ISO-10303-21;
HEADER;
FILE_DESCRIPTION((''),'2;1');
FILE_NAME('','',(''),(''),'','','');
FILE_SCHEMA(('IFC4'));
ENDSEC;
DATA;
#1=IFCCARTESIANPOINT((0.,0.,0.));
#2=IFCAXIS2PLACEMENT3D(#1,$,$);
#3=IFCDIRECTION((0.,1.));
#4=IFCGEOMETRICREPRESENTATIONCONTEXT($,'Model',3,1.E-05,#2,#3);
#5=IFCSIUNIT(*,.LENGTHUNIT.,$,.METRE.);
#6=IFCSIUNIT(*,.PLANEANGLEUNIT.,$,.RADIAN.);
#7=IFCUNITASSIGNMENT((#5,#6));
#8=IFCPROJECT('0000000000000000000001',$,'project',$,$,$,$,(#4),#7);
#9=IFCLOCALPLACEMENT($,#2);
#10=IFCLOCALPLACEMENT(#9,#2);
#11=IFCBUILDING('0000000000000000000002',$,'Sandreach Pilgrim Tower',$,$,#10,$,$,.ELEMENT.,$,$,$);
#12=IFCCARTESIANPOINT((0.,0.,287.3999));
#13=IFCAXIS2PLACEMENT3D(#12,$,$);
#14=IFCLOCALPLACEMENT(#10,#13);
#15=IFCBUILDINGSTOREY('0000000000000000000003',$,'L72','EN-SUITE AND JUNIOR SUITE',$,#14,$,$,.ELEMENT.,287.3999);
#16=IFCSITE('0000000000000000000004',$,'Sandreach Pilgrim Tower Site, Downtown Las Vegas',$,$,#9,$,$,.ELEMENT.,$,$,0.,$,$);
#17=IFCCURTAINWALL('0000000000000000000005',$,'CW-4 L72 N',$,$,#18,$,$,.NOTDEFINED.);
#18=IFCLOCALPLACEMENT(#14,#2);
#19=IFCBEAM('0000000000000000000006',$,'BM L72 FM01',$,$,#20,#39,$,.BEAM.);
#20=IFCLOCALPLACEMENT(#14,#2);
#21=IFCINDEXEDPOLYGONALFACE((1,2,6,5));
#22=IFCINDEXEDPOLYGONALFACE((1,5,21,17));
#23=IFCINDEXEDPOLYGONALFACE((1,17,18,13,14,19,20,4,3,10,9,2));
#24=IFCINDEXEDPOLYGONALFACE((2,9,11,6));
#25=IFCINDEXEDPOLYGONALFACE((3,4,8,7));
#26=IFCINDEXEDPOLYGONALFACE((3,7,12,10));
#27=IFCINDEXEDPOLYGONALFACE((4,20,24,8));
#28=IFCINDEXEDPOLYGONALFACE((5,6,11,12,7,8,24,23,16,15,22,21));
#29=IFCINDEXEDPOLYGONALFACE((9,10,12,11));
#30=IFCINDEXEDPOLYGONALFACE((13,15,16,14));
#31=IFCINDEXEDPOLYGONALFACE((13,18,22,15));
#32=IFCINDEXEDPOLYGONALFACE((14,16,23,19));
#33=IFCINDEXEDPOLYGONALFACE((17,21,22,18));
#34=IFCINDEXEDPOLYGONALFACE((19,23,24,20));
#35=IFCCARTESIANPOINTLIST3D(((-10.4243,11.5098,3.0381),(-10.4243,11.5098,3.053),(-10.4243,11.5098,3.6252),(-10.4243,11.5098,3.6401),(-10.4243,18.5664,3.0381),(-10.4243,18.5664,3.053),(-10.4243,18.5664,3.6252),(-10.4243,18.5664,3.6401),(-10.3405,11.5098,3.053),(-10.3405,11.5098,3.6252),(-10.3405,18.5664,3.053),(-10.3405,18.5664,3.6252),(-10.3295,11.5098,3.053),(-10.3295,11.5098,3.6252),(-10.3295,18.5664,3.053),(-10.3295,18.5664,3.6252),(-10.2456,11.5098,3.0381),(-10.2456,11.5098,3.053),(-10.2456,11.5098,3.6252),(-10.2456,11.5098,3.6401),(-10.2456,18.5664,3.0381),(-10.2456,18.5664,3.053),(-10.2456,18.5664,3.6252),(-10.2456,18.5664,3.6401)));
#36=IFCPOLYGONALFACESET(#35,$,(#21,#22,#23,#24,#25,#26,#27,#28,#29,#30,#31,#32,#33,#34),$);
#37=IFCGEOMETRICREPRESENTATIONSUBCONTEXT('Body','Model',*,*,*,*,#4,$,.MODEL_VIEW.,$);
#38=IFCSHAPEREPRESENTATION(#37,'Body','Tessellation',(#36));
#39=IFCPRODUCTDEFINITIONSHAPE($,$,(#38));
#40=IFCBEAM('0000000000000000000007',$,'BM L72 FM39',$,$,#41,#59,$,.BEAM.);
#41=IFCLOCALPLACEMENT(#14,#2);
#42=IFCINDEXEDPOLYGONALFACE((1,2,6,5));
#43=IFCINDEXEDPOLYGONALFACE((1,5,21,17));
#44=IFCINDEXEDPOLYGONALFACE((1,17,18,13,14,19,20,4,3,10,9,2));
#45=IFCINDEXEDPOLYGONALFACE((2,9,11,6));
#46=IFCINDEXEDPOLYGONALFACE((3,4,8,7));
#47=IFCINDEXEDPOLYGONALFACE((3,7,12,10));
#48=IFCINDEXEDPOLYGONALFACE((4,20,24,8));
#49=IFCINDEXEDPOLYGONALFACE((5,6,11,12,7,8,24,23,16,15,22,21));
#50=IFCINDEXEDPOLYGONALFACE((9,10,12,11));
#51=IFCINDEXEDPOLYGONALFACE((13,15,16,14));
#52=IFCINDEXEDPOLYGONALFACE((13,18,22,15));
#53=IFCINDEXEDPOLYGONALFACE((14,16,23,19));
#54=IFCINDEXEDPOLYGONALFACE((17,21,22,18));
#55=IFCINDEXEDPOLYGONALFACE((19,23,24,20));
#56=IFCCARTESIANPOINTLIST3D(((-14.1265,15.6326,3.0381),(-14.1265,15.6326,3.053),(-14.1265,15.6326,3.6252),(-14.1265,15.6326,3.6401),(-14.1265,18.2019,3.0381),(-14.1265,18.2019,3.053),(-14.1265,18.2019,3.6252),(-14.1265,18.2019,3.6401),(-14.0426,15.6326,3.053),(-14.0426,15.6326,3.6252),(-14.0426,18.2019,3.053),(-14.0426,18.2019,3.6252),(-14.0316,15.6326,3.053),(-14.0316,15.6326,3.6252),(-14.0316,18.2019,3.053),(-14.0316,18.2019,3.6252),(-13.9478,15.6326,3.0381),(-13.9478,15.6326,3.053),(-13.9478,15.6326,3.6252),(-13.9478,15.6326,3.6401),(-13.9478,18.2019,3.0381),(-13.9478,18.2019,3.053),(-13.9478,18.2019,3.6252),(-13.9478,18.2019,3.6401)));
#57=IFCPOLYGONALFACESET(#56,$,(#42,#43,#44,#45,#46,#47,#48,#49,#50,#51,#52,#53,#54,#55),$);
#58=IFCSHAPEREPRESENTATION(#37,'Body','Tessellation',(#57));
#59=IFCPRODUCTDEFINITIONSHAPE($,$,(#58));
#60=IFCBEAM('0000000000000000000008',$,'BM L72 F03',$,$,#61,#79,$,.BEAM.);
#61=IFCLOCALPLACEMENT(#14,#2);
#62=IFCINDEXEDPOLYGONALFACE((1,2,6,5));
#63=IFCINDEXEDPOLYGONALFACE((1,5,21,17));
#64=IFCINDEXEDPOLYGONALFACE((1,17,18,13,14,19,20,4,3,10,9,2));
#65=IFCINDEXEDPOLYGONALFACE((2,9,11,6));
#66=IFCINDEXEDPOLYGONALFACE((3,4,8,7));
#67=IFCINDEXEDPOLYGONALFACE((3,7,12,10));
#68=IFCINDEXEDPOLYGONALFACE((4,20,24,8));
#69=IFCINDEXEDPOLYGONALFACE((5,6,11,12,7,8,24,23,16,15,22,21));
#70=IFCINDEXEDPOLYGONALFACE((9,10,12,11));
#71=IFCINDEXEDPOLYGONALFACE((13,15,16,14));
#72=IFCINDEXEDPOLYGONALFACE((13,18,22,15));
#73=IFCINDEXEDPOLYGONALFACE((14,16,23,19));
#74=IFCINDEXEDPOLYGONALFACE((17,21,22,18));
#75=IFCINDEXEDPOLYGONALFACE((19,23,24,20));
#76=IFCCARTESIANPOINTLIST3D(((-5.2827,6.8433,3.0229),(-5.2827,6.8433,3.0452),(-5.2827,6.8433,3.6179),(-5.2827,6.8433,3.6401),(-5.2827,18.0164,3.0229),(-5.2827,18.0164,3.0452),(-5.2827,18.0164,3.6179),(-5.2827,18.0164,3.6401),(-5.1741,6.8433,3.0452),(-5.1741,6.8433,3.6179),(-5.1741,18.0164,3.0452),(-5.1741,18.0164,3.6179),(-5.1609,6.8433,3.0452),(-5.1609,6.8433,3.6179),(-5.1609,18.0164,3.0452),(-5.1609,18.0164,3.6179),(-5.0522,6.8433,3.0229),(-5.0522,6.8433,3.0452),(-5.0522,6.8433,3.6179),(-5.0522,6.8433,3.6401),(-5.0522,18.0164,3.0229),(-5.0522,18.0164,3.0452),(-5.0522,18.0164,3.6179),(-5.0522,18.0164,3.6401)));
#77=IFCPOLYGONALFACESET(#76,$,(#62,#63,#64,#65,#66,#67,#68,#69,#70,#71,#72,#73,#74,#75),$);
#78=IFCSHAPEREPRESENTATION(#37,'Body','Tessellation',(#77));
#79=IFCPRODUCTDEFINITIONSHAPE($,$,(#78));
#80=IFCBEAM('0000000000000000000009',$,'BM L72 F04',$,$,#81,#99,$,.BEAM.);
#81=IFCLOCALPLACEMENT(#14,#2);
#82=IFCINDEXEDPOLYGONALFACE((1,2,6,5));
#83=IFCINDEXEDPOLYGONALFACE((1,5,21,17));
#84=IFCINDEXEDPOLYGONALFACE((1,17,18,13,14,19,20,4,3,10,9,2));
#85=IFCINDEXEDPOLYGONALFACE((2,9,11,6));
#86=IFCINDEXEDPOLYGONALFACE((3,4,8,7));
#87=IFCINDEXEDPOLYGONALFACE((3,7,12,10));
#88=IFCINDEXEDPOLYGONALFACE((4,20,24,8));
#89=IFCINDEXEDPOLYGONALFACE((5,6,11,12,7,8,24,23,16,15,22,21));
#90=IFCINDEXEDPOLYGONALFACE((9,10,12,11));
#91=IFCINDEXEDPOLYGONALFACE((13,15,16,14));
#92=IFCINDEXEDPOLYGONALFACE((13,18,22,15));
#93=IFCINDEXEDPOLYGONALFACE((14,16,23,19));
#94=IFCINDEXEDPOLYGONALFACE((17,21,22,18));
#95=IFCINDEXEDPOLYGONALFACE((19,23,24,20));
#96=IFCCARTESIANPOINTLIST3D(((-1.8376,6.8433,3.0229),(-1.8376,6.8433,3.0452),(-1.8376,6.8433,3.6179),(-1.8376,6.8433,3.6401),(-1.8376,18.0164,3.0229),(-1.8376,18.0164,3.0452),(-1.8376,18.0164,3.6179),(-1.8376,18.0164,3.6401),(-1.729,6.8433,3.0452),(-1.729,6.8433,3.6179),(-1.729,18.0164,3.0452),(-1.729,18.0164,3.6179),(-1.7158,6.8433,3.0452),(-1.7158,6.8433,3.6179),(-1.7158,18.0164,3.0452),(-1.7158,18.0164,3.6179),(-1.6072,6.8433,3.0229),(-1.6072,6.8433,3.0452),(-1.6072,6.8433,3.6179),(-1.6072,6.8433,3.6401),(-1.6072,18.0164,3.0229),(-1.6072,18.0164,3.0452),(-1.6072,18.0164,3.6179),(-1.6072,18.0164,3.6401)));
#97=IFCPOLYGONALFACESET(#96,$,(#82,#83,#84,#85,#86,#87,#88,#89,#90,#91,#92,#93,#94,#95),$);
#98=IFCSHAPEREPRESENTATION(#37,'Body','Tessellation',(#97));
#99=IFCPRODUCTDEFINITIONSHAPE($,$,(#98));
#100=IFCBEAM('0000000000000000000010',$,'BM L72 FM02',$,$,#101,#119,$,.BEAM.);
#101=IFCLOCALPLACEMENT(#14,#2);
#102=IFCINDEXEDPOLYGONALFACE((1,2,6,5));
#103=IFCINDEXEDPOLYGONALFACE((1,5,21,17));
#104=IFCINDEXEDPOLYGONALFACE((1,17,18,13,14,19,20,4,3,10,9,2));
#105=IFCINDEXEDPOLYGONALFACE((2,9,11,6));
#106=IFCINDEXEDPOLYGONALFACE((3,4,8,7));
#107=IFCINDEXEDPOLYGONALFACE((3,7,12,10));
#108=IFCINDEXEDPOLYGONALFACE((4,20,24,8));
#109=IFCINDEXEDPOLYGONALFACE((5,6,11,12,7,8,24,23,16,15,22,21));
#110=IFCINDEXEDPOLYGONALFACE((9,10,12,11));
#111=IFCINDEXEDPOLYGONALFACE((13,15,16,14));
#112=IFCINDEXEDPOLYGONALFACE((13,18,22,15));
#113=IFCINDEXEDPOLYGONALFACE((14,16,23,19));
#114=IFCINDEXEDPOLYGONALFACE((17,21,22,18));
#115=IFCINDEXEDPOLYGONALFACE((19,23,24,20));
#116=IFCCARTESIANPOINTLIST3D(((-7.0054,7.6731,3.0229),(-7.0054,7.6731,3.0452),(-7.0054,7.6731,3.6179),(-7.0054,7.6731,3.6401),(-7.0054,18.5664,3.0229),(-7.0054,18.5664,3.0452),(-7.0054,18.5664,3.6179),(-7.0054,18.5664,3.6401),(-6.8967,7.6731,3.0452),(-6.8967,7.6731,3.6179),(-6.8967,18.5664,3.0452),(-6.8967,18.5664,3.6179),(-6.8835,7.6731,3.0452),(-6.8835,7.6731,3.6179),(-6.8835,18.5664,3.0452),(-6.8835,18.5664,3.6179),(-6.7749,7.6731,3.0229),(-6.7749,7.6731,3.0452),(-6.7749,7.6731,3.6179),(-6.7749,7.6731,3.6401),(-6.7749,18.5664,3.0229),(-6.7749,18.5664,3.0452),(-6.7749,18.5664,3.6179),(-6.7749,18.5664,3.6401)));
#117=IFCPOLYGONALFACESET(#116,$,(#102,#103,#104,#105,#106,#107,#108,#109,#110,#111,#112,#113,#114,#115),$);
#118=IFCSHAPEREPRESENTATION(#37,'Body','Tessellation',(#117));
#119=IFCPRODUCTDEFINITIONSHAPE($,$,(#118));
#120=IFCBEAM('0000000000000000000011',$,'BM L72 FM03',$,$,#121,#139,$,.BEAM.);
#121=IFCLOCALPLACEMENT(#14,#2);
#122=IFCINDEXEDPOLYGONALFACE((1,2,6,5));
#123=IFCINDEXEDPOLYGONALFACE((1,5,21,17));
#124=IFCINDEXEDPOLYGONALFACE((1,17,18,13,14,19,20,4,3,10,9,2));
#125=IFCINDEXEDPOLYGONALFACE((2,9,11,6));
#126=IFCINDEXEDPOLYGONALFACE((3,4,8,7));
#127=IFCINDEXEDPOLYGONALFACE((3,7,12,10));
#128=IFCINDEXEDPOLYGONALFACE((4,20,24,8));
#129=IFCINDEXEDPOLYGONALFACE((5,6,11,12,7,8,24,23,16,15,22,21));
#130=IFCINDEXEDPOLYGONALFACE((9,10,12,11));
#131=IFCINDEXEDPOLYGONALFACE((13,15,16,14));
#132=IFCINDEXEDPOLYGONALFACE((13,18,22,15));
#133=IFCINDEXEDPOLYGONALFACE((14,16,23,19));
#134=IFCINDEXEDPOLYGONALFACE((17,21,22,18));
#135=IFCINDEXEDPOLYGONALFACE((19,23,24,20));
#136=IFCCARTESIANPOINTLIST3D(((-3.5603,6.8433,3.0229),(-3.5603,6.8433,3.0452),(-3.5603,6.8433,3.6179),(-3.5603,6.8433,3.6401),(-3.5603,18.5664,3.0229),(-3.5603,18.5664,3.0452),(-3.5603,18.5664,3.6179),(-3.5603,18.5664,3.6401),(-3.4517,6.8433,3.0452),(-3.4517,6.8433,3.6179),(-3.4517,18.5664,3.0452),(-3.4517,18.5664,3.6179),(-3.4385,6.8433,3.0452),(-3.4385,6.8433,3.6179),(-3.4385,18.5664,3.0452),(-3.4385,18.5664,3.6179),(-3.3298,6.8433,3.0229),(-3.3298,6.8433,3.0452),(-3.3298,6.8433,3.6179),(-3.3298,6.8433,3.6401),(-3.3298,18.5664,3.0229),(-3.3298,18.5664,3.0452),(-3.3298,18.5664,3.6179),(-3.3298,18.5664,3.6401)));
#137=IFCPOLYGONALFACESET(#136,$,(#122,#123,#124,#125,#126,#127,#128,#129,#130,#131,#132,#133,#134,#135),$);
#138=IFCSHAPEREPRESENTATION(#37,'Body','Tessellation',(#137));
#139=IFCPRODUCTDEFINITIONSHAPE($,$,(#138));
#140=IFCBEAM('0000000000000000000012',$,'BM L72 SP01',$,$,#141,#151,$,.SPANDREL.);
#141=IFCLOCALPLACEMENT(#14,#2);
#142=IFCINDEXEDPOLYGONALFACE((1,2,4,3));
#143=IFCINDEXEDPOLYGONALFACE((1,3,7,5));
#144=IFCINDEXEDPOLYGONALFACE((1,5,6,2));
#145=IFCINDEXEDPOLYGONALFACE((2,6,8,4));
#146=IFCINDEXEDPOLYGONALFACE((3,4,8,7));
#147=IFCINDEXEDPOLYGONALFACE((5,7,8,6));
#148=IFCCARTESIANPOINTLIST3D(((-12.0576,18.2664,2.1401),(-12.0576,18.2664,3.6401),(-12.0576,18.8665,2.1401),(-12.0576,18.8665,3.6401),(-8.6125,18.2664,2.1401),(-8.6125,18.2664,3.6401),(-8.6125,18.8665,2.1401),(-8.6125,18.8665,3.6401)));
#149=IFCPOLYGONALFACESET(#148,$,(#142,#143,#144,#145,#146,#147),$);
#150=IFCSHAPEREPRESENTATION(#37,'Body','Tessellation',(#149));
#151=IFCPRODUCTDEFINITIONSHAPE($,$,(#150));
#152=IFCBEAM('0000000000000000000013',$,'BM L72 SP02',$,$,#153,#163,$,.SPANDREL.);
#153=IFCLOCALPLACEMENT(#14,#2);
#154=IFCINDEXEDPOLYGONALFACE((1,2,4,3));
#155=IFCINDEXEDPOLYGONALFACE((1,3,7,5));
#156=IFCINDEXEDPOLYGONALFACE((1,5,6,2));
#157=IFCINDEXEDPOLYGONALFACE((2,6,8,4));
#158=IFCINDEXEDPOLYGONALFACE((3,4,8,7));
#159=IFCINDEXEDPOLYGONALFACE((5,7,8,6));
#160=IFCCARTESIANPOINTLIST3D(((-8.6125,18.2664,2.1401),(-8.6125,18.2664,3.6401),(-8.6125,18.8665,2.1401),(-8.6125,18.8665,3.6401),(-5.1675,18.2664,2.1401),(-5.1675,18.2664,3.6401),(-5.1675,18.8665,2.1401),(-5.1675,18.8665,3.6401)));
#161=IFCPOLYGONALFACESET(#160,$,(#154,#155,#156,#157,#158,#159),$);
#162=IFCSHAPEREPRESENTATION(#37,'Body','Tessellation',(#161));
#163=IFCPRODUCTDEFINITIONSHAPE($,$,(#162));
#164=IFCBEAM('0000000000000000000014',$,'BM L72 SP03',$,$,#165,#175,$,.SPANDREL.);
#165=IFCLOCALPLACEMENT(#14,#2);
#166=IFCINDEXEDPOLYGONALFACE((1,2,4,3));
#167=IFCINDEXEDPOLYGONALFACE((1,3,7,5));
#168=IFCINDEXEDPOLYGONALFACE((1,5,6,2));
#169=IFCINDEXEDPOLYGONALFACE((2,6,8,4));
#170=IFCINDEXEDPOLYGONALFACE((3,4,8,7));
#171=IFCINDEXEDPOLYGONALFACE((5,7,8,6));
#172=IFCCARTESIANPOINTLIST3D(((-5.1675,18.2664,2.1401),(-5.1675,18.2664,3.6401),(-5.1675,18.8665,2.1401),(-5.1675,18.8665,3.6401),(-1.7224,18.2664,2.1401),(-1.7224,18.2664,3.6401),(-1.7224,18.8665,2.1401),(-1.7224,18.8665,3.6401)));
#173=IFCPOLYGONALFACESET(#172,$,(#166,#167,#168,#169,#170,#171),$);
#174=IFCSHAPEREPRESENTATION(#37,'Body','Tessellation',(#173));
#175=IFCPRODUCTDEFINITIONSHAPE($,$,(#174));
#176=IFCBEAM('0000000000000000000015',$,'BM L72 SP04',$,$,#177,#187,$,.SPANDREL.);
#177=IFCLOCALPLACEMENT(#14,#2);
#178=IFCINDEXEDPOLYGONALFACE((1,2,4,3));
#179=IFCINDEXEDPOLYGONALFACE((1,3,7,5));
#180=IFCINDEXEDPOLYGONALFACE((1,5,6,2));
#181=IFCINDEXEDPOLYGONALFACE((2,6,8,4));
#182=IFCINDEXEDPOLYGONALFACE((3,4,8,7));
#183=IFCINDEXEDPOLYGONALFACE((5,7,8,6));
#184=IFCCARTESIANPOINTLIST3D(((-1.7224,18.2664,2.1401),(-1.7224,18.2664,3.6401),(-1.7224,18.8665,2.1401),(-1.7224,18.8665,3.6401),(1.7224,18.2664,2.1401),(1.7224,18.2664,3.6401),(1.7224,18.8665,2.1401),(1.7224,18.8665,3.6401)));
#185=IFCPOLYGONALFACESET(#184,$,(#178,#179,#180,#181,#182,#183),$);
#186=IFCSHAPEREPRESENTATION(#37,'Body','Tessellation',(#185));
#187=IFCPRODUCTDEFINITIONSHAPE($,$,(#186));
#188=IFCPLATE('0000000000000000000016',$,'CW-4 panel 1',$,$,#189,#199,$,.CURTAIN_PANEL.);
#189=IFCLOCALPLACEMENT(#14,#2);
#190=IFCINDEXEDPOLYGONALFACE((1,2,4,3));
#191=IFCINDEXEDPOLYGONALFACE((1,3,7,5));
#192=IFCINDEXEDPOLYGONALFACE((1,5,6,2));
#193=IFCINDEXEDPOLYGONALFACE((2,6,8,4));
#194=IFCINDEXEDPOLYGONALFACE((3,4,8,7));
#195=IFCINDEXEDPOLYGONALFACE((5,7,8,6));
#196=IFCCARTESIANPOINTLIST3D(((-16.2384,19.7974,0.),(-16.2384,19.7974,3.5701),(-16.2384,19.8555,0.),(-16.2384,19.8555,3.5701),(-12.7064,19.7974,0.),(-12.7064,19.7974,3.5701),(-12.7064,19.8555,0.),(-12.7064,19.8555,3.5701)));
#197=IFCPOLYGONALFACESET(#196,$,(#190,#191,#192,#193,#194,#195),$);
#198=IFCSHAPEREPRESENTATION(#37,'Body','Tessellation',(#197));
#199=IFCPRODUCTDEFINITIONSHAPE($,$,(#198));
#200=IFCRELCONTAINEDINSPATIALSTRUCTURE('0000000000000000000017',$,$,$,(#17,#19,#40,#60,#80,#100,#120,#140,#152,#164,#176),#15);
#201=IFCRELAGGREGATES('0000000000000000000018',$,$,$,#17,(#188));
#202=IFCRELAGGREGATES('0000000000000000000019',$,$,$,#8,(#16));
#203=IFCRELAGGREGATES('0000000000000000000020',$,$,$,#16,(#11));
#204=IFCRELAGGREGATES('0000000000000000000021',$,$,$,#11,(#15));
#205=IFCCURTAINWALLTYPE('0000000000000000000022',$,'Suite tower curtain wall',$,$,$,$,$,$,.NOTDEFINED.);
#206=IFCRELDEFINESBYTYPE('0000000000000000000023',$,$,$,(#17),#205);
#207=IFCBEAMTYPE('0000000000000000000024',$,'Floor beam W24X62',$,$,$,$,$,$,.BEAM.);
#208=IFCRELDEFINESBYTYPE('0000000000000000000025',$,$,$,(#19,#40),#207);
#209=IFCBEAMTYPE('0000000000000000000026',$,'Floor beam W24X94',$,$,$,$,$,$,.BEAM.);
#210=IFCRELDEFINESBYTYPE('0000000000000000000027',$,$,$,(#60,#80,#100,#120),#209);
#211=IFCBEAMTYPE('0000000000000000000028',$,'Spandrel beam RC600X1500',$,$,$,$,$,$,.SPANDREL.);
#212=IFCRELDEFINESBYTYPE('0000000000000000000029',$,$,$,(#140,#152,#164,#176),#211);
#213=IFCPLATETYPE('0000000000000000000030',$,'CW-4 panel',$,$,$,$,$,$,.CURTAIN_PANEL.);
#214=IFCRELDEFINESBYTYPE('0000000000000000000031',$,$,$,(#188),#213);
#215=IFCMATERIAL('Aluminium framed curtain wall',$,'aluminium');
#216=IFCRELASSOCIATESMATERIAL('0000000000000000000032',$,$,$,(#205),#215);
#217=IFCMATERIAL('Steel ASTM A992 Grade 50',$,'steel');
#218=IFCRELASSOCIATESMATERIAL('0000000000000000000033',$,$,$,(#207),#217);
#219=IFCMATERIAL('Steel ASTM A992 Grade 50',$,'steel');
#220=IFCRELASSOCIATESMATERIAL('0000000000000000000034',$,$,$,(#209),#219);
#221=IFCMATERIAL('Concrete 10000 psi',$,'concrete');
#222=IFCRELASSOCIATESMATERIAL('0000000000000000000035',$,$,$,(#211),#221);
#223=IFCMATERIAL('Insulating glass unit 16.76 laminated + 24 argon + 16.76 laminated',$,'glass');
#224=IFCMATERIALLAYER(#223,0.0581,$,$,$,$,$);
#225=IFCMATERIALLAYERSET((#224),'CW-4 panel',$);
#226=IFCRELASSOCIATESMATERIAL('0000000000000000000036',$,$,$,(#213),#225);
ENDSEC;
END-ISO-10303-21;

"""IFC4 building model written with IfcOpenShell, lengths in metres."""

from ifc_helpers import new_model, si_unit, direction, frame, origin, origin_2d, place, context, subcontext, project, spatial, rectangle, i_section, extrude, material, layer, layer_set, material_profile, profile_set, type_object, element, aggregate, save


model = new_model("IFC4")

# Units and contexts
model_context = context("Model", 3, precision=1e-05, world=origin(), true_north=direction((0.0, 1.0)))
body_context = subcontext(model_context, "Body", "Model", "MODEL_VIEW")
ifc_project = project(units=[si_unit("LENGTHUNIT", "METRE"), si_unit("PLANEANGLEUNIT", "RADIAN")], contexts=[model_context])

# Site, building, storey
site_placement = place(None, origin())
site = spatial("IfcSite", under=ifc_project, at=site_placement, Name="Sandreach Pilgrim Tower Site, Downtown Las Vegas", CompositionType="ELEMENT", RefElevation=0.0)
building_placement = place(site_placement, origin())
building = spatial("IfcBuilding", under=site, at=building_placement, Name="Sandreach Pilgrim Tower", CompositionType="ELEMENT")
storey_placement = place(building_placement, frame((0.0, 0.0, 287.3999)))
storey = spatial("IfcBuildingStorey", under=building, at=storey_placement, Name="L72", Description="EN-SUITE AND JUNIOR SUITE", CompositionType="ELEMENT", Elevation=287.3999)

# Curtain wall
ifc_material_1 = material(Name="Aluminium framed curtain wall", Category="aluminium")
curtain_wall_type = type_object("IfcCurtainWallType", Name="Suite tower curtain wall", PredefinedType="NOTDEFINED", material=ifc_material_1)
curtain_wall_placement = place(storey_placement, origin())
curtain_wall = element("IfcCurtainWall", 1, at=curtain_wall_placement, inside=storey, type_object=curtain_wall_type, Name="CW-4 L72 N", PredefinedType="NOTDEFINED")

# Beams
ifc_material_2 = material(Name="Steel ASTM A992 Grade 50", Category="steel")
ifc_material_profile_1 = material_profile(ifc_material_2, i_section(OverallWidth=0.1787, OverallDepth=0.6021, WebThickness=0.011, FlangeThickness=0.0149, at=origin_2d()), Name="W24X62")
ifc_profile_set_1 = profile_set([ifc_material_profile_1], Name="Steel ASTM A992 Grade 50")
beam_type_1 = type_object("IfcBeamType", Name="Floor beam W24X62", PredefinedType="BEAM", material=ifc_profile_set_1)
beam_1_placement = place(storey_placement, frame((-10.335, 18.5664, 3.3391), z_axis=(0.0, -1.0, 0.0), x_axis=(1.0, 0.0, 0.0)))
element("IfcBeam", 2, at=beam_1_placement, inside=storey, type_object=beam_type_1, Name="BM L72 FM01", PredefinedType="BEAM", context=body_context, shape_type="SweptSolid", body=[
    extrude(i_section(OverallWidth=0.1787, OverallDepth=0.6021, WebThickness=0.011, FlangeThickness=0.0149, at=origin_2d()), origin(), (0.0, 0.0, 1.0), 7.0566),
])
beam_2_placement = place(storey_placement, frame((-14.0371, 18.2019, 3.3391), z_axis=(0.0, -1.0, 0.0), x_axis=(1.0, 0.0, 0.0)))
element("IfcBeam", 3, at=beam_2_placement, inside=storey, type_object=beam_type_1, Name="BM L72 FM39", PredefinedType="BEAM", context=body_context, shape_type="SweptSolid", body=[
    extrude(i_section(OverallWidth=0.1787, OverallDepth=0.6021, WebThickness=0.011, FlangeThickness=0.0149, at=origin_2d()), origin(), (0.0, 0.0, 1.0), 2.5693),
])
ifc_material_3 = material(Name="Steel ASTM A992 Grade 50", Category="steel")
ifc_material_profile_2 = material_profile(ifc_material_3, i_section(OverallWidth=0.2305, OverallDepth=0.6172, WebThickness=0.0132, FlangeThickness=0.0222, at=origin_2d()), Name="W24X94")
ifc_profile_set_2 = profile_set([ifc_material_profile_2], Name="Steel ASTM A992 Grade 50")
beam_type_2 = type_object("IfcBeamType", Name="Floor beam W24X94", PredefinedType="BEAM", material=ifc_profile_set_2)
for number, where, z_axis, x_axis, name in (
    (4, (-5.1675, 18.0164, 3.3315), (0.0, -1.0, 0.0), (1.0, 0.0, 0.0), "BM L72 F03"),
    (5, (-1.7224, 18.0164, 3.3315), (0.0, -1.0, 0.0), (1.0, 0.0, 0.0), "BM L72 F04"),
):
    element("IfcBeam", number, at=place(storey_placement, frame(where, z_axis=z_axis, x_axis=x_axis)), inside=storey, type_object=beam_type_2, Name=name, PredefinedType="BEAM", context=body_context, shape_type="SweptSolid", body=[
        extrude(i_section(OverallWidth=0.2305, OverallDepth=0.6172, WebThickness=0.0132, FlangeThickness=0.0222, at=origin_2d()), origin(), (0.0, 0.0, 1.0), 11.1731),
    ])
beam_3_placement = place(storey_placement, frame((-6.8901, 18.5664, 3.3315), z_axis=(0.0, -1.0, 0.0), x_axis=(1.0, 0.0, 0.0)))
element("IfcBeam", 6, at=beam_3_placement, inside=storey, type_object=beam_type_2, Name="BM L72 FM02", PredefinedType="BEAM", context=body_context, shape_type="SweptSolid", body=[
    extrude(i_section(OverallWidth=0.2305, OverallDepth=0.6172, WebThickness=0.0132, FlangeThickness=0.0222, at=origin_2d()), origin(), (0.0, 0.0, 1.0), 10.8933),
])
beam_4_placement = place(storey_placement, frame((-3.4451, 18.5664, 3.3315), z_axis=(0.0, -1.0, 0.0), x_axis=(1.0, 0.0, 0.0)))
element("IfcBeam", 7, at=beam_4_placement, inside=storey, type_object=beam_type_2, Name="BM L72 FM03", PredefinedType="BEAM", context=body_context, shape_type="SweptSolid", body=[
    extrude(i_section(OverallWidth=0.2305, OverallDepth=0.6172, WebThickness=0.0132, FlangeThickness=0.0222, at=origin_2d()), origin(), (0.0, 0.0, 1.0), 11.7231),
])
ifc_material_4 = material(Name="Concrete 10000 psi", Category="concrete")
ifc_material_profile_3 = material_profile(ifc_material_4, rectangle(XDim=0.6001, YDim=1.5, at=origin_2d()), Name="RC600X1500")
ifc_profile_set_3 = profile_set([ifc_material_profile_3], Name="Concrete 10000 psi")
beam_type_3 = type_object("IfcBeamType", Name="Spandrel beam RC600X1500", PredefinedType="SPANDREL", material=ifc_profile_set_3)
for number, where, z_axis, x_axis, name in (
    (8, (-12.0576, 18.5664, 2.8901), (1.0, 0.0, 0.0), (0.0, 1.0, 0.0), "BM L72 SP01"),
    (9, (-8.6125, 18.5664, 2.8901), (1.0, 0.0, 0.0), (0.0, 1.0, 0.0), "BM L72 SP02"),
    (10, (-5.1675, 18.5664, 2.8901), (1.0, 0.0, 0.0), (0.0, 1.0, 0.0), "BM L72 SP03"),
):
    element("IfcBeam", number, at=place(storey_placement, frame(where, z_axis=z_axis, x_axis=x_axis)), inside=storey, type_object=beam_type_3, Name=name, PredefinedType="SPANDREL", context=body_context, shape_type="SweptSolid", body=[
        extrude(rectangle(XDim=0.6001, YDim=1.5, at=origin_2d()), origin(), (0.0, 0.0, 1.0), 3.4451),
    ])
beam_5_placement = place(storey_placement, frame((-1.7224, 18.5664, 2.8901), z_axis=(1.0, 0.0, 0.0), x_axis=(0.0, 1.0, 0.0)))
element("IfcBeam", 11, at=beam_5_placement, inside=storey, type_object=beam_type_3, Name="BM L72 SP04", PredefinedType="SPANDREL", context=body_context, shape_type="SweptSolid", body=[
    extrude(rectangle(XDim=0.6001, YDim=1.5, at=origin_2d()), origin(), (0.0, 0.0, 1.0), 3.4448),
])

# Plate
ifc_material_5 = material(Name="Insulating glass unit 16.76 laminated + 24 argon + 16.76 laminated", Category="glass")
ifc_layer_1 = layer(ifc_material_5, 0.0581)
ifc_layer_set_1 = layer_set([ifc_layer_1], Name="CW-4 panel")
plate_type = type_object("IfcPlateType", Name="CW-4 panel", PredefinedType="CURTAIN_PANEL", material=ifc_layer_set_1)
plate_1_placement = place(storey_placement, frame((-14.4724, 19.8264, 0.0), z_axis=(0.0, 0.0, 1.0), x_axis=(1.0, 0.0, 0.0)))
plate_1 = element("IfcPlate", 12, at=plate_1_placement, type_object=plate_type, Name="CW-4 panel 1", PredefinedType="CURTAIN_PANEL", context=body_context, shape_type="SweptSolid", body=[
    extrude(rectangle(XDim=3.532, YDim=0.0581, at=origin_2d()), origin(), (0.0, 0.0, 1.0), 3.5701),
])
aggregate(curtain_wall, [plate_1])

save(model, "model.ifc")
